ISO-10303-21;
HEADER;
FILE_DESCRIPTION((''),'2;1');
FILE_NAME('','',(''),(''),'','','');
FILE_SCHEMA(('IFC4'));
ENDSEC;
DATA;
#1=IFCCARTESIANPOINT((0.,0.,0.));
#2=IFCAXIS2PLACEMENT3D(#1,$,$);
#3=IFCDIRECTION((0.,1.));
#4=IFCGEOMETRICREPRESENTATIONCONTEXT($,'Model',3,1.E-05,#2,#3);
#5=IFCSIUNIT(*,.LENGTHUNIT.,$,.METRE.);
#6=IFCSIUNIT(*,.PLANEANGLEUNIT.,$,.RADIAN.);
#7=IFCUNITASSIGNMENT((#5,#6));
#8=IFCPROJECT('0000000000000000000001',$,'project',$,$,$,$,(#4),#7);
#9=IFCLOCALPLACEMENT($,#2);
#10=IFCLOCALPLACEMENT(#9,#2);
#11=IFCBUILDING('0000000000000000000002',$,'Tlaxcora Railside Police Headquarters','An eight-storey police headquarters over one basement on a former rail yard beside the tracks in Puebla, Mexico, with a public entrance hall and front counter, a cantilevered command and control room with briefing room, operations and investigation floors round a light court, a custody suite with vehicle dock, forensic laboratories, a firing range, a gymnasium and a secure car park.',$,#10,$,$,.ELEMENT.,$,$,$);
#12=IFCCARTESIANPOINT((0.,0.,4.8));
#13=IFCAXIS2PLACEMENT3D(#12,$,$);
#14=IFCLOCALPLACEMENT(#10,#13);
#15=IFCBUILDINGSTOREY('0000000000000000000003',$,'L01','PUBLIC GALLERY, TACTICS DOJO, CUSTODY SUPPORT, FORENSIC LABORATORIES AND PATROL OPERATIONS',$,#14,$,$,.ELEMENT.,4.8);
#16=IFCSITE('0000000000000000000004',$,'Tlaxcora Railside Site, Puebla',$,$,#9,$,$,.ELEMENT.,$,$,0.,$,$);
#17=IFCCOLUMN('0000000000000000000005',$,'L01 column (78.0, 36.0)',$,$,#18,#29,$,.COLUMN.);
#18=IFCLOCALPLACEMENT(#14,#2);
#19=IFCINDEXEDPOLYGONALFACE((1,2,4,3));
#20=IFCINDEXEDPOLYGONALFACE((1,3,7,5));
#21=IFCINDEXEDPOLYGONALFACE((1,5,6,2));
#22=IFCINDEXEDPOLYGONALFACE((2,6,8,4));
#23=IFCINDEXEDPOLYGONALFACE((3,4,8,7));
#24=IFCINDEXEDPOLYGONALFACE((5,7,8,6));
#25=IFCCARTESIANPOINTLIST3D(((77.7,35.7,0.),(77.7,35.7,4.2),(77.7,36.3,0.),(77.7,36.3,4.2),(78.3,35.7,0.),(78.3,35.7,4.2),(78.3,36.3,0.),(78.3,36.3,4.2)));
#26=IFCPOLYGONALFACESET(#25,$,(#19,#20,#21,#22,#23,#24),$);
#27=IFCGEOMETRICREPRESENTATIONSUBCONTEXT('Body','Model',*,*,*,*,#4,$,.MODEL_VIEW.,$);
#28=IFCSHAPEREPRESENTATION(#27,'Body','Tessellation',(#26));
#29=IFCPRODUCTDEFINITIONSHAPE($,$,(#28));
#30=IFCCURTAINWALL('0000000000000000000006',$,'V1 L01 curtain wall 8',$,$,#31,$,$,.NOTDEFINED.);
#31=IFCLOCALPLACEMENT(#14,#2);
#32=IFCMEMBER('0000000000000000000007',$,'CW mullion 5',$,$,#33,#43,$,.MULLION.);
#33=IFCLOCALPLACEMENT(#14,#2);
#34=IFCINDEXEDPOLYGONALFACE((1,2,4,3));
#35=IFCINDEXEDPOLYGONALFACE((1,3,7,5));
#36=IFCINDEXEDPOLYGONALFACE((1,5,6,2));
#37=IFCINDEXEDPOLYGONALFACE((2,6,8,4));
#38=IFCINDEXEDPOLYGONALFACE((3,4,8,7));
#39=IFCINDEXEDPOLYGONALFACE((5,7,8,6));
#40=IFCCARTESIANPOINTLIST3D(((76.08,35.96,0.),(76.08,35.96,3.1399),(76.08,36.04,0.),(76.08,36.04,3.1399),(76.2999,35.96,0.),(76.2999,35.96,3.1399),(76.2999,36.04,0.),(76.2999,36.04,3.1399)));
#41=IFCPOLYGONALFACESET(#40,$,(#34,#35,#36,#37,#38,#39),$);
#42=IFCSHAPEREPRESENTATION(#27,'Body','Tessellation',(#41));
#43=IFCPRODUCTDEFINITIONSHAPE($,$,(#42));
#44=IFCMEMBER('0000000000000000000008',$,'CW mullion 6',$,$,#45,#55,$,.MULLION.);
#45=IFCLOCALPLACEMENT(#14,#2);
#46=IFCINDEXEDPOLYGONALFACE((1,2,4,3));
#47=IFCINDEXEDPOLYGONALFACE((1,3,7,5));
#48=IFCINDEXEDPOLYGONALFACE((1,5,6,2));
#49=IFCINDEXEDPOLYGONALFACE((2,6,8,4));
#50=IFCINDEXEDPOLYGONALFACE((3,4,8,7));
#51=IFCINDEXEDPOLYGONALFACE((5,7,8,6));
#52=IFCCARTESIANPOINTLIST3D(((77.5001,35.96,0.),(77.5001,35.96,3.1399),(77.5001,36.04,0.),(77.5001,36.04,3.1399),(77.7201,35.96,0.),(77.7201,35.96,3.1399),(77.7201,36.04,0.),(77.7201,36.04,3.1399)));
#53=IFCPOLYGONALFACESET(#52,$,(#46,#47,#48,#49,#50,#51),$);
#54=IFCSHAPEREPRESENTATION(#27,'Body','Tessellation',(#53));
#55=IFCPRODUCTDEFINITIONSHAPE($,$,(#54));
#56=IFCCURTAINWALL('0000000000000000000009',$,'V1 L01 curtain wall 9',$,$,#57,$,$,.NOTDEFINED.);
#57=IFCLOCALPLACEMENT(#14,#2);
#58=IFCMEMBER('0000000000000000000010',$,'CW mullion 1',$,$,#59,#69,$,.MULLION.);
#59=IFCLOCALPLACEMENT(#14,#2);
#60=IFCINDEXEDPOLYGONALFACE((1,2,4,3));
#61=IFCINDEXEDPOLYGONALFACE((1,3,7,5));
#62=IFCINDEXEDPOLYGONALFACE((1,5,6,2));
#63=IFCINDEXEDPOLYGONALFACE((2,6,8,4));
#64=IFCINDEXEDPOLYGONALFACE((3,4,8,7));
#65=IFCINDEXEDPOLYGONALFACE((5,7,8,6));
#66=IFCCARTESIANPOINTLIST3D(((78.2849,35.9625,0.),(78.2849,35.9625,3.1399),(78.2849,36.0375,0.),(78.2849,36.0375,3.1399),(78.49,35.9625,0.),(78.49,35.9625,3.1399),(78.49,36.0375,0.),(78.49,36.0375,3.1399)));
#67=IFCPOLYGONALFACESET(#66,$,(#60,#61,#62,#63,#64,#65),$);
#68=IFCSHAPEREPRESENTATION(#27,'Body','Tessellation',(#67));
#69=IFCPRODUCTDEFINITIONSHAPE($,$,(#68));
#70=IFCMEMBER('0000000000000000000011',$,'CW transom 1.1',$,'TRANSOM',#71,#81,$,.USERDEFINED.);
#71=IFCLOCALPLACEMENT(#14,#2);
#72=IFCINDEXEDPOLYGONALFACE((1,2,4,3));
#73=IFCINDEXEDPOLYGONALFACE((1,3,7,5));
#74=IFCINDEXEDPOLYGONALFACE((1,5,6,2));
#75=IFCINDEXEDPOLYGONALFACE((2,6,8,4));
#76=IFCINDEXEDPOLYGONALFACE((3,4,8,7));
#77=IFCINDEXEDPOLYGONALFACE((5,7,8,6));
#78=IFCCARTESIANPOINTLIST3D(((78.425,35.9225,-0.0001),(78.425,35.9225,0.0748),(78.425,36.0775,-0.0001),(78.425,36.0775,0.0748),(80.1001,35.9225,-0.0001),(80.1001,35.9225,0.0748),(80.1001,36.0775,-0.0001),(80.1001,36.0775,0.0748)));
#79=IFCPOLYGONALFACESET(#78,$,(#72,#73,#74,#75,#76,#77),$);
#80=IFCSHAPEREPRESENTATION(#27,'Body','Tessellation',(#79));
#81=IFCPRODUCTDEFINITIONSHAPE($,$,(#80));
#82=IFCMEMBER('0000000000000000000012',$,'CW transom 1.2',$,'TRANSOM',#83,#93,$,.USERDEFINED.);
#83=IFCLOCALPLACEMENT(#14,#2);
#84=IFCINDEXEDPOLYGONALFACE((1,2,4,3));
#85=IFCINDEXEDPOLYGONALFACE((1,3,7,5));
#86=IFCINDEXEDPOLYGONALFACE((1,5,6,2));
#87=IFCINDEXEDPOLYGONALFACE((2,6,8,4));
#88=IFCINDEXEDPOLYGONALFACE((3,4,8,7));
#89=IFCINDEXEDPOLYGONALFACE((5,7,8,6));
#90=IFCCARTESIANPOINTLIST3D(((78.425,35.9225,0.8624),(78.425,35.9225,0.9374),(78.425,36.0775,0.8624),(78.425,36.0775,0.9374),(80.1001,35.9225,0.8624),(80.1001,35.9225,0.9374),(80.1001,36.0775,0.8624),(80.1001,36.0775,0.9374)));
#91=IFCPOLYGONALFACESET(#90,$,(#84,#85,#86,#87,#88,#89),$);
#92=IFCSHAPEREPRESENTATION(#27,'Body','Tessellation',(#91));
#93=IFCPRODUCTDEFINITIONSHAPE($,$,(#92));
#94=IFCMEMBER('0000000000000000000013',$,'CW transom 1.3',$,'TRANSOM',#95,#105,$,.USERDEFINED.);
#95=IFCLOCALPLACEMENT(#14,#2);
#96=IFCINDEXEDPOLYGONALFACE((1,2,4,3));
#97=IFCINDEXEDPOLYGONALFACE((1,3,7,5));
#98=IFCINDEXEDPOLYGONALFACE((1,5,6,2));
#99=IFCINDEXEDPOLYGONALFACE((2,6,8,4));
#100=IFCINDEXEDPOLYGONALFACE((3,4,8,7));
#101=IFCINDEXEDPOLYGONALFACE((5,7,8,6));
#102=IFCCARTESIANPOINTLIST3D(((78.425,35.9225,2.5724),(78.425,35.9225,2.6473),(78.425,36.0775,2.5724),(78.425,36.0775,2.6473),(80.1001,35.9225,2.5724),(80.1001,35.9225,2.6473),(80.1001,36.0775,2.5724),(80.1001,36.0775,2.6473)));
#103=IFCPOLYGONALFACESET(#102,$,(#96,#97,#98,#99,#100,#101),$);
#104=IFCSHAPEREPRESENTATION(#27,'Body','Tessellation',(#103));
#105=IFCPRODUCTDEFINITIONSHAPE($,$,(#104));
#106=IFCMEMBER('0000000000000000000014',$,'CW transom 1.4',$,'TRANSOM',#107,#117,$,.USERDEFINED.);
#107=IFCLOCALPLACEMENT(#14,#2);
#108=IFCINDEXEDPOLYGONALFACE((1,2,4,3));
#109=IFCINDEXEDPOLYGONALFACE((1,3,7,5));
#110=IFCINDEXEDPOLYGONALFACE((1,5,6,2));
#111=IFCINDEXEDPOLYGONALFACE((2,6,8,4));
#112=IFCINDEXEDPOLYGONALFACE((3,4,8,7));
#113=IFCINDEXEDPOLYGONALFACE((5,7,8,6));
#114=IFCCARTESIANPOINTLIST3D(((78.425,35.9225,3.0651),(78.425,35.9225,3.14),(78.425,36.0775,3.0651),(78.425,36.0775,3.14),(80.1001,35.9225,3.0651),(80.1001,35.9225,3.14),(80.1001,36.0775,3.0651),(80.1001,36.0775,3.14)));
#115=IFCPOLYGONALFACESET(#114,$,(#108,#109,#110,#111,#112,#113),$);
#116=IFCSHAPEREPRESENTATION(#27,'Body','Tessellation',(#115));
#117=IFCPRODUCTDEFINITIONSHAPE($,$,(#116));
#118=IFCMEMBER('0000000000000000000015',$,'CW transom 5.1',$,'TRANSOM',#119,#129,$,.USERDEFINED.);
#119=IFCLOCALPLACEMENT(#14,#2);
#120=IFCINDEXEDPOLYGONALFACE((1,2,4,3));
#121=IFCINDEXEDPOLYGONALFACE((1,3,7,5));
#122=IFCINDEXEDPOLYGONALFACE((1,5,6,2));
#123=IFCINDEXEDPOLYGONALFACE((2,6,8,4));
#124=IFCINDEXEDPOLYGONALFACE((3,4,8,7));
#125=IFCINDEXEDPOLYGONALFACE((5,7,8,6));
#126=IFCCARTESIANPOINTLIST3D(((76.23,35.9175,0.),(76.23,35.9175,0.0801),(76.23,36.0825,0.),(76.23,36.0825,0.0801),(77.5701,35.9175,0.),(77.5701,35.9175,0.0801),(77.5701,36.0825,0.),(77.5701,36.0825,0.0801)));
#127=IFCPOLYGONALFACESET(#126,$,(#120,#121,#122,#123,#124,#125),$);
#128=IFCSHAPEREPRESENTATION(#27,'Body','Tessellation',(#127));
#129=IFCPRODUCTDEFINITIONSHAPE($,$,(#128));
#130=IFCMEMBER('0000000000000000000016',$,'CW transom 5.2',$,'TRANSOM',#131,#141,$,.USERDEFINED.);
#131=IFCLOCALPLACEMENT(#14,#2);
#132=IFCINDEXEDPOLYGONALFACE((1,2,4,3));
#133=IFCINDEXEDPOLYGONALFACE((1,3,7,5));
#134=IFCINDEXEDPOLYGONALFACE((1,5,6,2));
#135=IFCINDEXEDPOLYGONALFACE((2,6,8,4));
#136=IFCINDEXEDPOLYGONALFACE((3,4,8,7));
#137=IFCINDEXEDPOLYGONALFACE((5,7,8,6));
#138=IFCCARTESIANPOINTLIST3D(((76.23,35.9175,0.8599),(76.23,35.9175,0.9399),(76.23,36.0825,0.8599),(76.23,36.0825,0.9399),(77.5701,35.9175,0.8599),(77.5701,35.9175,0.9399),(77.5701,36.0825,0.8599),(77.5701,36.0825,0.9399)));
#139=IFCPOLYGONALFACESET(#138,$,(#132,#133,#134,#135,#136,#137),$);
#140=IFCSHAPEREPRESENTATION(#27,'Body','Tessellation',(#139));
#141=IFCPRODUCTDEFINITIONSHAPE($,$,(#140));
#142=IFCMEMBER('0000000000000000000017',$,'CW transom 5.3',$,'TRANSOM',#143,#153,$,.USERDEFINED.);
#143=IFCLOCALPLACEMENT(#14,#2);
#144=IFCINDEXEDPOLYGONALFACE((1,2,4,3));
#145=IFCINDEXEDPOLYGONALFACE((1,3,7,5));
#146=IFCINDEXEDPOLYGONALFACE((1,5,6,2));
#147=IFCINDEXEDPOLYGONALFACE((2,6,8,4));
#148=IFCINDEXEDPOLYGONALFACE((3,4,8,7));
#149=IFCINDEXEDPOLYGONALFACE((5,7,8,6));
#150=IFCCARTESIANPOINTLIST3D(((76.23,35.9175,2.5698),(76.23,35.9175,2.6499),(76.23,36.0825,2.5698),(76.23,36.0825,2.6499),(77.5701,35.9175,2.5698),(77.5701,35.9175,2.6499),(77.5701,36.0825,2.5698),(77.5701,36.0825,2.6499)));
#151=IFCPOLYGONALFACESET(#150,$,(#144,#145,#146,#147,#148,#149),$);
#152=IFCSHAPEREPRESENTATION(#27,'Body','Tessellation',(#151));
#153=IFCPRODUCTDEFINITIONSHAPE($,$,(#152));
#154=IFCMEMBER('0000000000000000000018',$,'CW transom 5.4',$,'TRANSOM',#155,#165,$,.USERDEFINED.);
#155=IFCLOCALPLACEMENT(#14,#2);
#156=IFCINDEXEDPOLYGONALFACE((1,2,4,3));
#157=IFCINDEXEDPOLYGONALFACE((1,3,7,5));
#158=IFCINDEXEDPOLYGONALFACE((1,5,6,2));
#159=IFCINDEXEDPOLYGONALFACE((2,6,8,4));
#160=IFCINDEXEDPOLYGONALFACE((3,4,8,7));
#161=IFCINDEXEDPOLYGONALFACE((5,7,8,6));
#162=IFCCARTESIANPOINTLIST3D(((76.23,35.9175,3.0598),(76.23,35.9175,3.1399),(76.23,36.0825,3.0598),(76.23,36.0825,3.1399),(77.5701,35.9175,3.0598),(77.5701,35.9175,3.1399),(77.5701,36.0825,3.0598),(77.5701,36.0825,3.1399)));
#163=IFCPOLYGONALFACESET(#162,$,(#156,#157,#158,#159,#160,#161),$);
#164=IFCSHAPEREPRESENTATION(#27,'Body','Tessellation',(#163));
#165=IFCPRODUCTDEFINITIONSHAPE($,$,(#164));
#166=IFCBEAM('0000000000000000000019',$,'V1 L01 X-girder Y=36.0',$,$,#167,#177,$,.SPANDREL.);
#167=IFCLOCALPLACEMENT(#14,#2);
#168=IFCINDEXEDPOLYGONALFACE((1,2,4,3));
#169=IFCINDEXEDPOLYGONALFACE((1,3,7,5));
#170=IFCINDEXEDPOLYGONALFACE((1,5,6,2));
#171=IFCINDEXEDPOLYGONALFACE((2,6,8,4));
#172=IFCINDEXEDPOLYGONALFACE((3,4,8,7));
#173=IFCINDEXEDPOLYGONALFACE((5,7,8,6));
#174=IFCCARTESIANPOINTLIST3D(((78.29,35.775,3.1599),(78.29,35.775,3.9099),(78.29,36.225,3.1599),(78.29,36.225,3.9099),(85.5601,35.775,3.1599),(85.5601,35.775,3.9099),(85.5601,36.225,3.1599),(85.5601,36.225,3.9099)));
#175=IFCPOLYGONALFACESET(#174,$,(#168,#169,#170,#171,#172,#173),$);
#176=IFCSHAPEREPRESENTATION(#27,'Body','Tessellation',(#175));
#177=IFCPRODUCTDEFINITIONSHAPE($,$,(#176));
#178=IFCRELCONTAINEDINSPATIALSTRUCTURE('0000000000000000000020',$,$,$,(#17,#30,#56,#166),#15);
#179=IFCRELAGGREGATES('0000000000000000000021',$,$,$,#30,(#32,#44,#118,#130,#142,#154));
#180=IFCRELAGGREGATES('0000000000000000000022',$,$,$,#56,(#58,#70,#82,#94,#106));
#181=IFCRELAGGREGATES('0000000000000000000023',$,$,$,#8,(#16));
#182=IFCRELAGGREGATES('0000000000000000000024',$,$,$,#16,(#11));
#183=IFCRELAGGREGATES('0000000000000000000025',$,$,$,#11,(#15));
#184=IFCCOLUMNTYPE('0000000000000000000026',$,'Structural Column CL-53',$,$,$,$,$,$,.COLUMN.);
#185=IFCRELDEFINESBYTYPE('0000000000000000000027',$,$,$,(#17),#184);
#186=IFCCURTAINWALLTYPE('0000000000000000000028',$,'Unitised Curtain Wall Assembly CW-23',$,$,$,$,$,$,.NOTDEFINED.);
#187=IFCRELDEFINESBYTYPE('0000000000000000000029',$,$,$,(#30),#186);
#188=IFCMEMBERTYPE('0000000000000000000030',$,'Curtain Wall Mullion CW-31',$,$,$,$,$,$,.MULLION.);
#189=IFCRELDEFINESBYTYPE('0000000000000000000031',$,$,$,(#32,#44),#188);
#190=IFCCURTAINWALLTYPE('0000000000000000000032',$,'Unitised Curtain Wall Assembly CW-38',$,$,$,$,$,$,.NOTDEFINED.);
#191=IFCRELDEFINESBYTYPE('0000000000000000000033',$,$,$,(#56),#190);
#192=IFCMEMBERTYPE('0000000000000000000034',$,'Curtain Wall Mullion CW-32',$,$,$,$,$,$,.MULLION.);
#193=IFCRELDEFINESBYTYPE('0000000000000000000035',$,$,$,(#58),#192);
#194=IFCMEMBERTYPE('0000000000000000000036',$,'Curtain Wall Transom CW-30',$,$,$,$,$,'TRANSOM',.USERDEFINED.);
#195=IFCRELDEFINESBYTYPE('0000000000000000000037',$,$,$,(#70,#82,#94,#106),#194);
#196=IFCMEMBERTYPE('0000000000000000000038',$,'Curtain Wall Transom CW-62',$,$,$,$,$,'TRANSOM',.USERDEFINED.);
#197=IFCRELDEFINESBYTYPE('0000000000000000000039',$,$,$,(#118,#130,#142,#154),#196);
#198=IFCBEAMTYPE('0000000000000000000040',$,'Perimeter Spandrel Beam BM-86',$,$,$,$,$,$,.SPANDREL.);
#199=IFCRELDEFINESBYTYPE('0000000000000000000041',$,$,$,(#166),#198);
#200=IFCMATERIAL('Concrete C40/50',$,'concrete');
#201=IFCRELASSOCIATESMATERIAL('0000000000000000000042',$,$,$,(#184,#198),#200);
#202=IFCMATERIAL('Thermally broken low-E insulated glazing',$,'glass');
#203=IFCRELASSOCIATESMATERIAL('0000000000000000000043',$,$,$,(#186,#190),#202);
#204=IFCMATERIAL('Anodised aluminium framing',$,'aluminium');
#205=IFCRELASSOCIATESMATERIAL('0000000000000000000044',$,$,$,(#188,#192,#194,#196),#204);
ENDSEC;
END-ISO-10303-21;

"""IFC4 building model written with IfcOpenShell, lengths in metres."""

from ifc_helpers import new_model, si_unit, direction, frame, origin, origin_2d, place, context, subcontext, project, spatial, rectangle, extrude, material, material_profile, profile_set, type_object, element, aggregate, save


model = new_model("IFC4")

# Units and contexts
model_context = context("Model", 3, precision=1e-05, world=origin(), true_north=direction((0.0, 1.0)))
body_context = subcontext(model_context, "Body", "Model", "MODEL_VIEW")
ifc_project = project(units=[si_unit("LENGTHUNIT", "METRE"), si_unit("PLANEANGLEUNIT", "RADIAN")], contexts=[model_context])

# Site, building, storey
site_placement = place(None, origin())
site = spatial("IfcSite", under=ifc_project, at=site_placement, Name="Tlaxcora Railside Site, Puebla", CompositionType="ELEMENT", RefElevation=0.0)
building_placement = place(site_placement, origin())
building = spatial("IfcBuilding", under=site, at=building_placement, Name="Tlaxcora Railside Police Headquarters", Description="An eight-storey police headquarters over one basement on a former rail yard beside the tracks in Puebla, Mexico, with a public entrance hall and front counter, a cantilevered command and control room with briefing room, operations and investigation floors round a light court, a custody suite with vehicle dock, forensic laboratories, a firing range, a gymnasium and a secure car park.", CompositionType="ELEMENT")
storey_placement = place(building_placement, frame((0.0, 0.0, 4.8)))
storey = spatial("IfcBuildingStorey", under=building, at=storey_placement, Name="L01", Description="PUBLIC GALLERY, TACTICS DOJO, CUSTODY SUPPORT, FORENSIC LABORATORIES AND PATROL OPERATIONS", CompositionType="ELEMENT", Elevation=4.8)

# Column
ifc_material_1 = material(Name="Concrete C40/50", Category="concrete")
ifc_material_profile_1 = material_profile(ifc_material_1, rectangle(XDim=0.6001, YDim=0.6001, at=origin_2d()), Name="RC600X600")
ifc_profile_set_1 = profile_set([ifc_material_profile_1], Name="Concrete C40/50")
column_type = type_object("IfcColumnType", Name="Structural Column CL-53", PredefinedType="COLUMN", material=ifc_profile_set_1)
column_placement = place(storey_placement, frame((78.0, 36.0, 0.0), z_axis=(0.0, 0.0, 1.0), x_axis=(1.0, 0.0, 0.0)))
element("IfcColumn", 1, at=column_placement, inside=storey, type_object=column_type, Name="L01 column (78.0, 36.0)", PredefinedType="COLUMN", context=body_context, shape_type="SweptSolid", body=[
    extrude(rectangle(XDim=0.6001, YDim=0.6001, at=origin_2d()), origin(), (0.0, 0.0, 1.0), 4.2),
])

# Curtain walls, members
ifc_material_2 = material(Name="Thermally broken low-E insulated glazing", Category="glass")
curtain_wall_type_1 = type_object("IfcCurtainWallType", Name="Unitised Curtain Wall Assembly CW-23", PredefinedType="NOTDEFINED", material=ifc_material_2)
curtain_wall_1_placement = place(storey_placement, origin())
curtain_wall_1 = element("IfcCurtainWall", 2, at=curtain_wall_1_placement, inside=storey, type_object=curtain_wall_type_1, Name="V1 L01 curtain wall 8", PredefinedType="NOTDEFINED")
ifc_material_3 = material(Name="Anodised aluminium framing", Category="aluminium")
ifc_material_profile_2 = material_profile(ifc_material_3, rectangle(XDim=0.0801, YDim=0.22, at=origin_2d()), Name="AL80X220")
ifc_profile_set_2 = profile_set([ifc_material_profile_2], Name="Anodised aluminium framing")
member_type_1 = type_object("IfcMemberType", Name="Curtain Wall Mullion CW-31", PredefinedType="MULLION", material=ifc_profile_set_2)
member_1_placement = place(storey_placement, frame((76.1899, 36.0, 0.0), z_axis=(0.0, 0.0, 1.0), x_axis=(0.0, 1.0, 0.0)))
member_1 = element("IfcMember", 3, at=member_1_placement, type_object=member_type_1, Name="CW mullion 5", PredefinedType="MULLION", context=body_context, shape_type="SweptSolid", body=[
    extrude(rectangle(XDim=0.0801, YDim=0.22, at=origin_2d()), origin(), (0.0, 0.0, 1.0), 3.1399),
])
member_2_placement = place(storey_placement, frame((77.6101, 36.0, 0.0), z_axis=(0.0, 0.0, 1.0), x_axis=(0.0, 1.0, 0.0)))
member_2 = element("IfcMember", 4, at=member_2_placement, type_object=member_type_1, Name="CW mullion 6", PredefinedType="MULLION", context=body_context, shape_type="SweptSolid", body=[
    extrude(rectangle(XDim=0.0801, YDim=0.22, at=origin_2d()), origin(), (0.0, 0.0, 1.0), 3.1399),
])
curtain_wall_type_2 = type_object("IfcCurtainWallType", Name="Unitised Curtain Wall Assembly CW-38", PredefinedType="NOTDEFINED", material=ifc_material_2)
curtain_wall_2_placement = place(storey_placement, origin())
curtain_wall_2 = element("IfcCurtainWall", 5, at=curtain_wall_2_placement, inside=storey, type_object=curtain_wall_type_2, Name="V1 L01 curtain wall 9", PredefinedType="NOTDEFINED")
ifc_material_profile_3 = material_profile(ifc_material_3, rectangle(XDim=0.075, YDim=0.2051, at=origin_2d()), Name="AL75X205")
ifc_profile_set_3 = profile_set([ifc_material_profile_3], Name="Anodised aluminium framing")
member_type_2 = type_object("IfcMemberType", Name="Curtain Wall Mullion CW-32", PredefinedType="MULLION", material=ifc_profile_set_3)
member_3_placement = place(storey_placement, frame((78.3875, 36.0, 0.0), z_axis=(0.0, 0.0, 1.0), x_axis=(0.0, 1.0, 0.0)))
member_3 = element("IfcMember", 6, at=member_3_placement, type_object=member_type_2, Name="CW mullion 1", PredefinedType="MULLION", context=body_context, shape_type="SweptSolid", body=[
    extrude(rectangle(XDim=0.075, YDim=0.2051, at=origin_2d()), origin(), (0.0, 0.0, 1.0), 3.1399),
])
ifc_material_profile_4 = material_profile(ifc_material_3, rectangle(XDim=0.155, YDim=0.075, at=origin_2d()), Name="AL75X155")
ifc_profile_set_4 = profile_set([ifc_material_profile_4], Name="Anodised aluminium framing")
member_type_3 = type_object("IfcMemberType", Name="Curtain Wall Transom CW-30", ElementType="TRANSOM", PredefinedType="USERDEFINED", material=ifc_profile_set_4)
member_4_placement = place(storey_placement, frame((78.425, 36.0, 0.0374), z_axis=(1.0, 0.0, 0.0), x_axis=(0.0, 1.0, 0.0)))
member_4 = element("IfcMember", 7, at=member_4_placement, type_object=member_type_3, Name="CW transom 1.1", ObjectType="TRANSOM", PredefinedType="USERDEFINED", context=body_context, shape_type="SweptSolid", body=[
    extrude(rectangle(XDim=0.155, YDim=0.075, at=origin_2d()), origin(), (0.0, 0.0, 1.0), 1.675),
])
member_5_placement = place(storey_placement, frame((78.425, 36.0, 0.8999), z_axis=(1.0, 0.0, 0.0), x_axis=(0.0, 1.0, 0.0)))
member_5 = element("IfcMember", 8, at=member_5_placement, type_object=member_type_3, Name="CW transom 1.2", ObjectType="TRANSOM", PredefinedType="USERDEFINED", context=body_context, shape_type="SweptSolid", body=[
    extrude(rectangle(XDim=0.155, YDim=0.075, at=origin_2d()), origin(), (0.0, 0.0, 1.0), 1.675),
])
member_6_placement = place(storey_placement, frame((78.425, 36.0, 2.6099), z_axis=(1.0, 0.0, 0.0), x_axis=(0.0, 1.0, 0.0)))
member_6 = element("IfcMember", 9, at=member_6_placement, type_object=member_type_3, Name="CW transom 1.3", ObjectType="TRANSOM", PredefinedType="USERDEFINED", context=body_context, shape_type="SweptSolid", body=[
    extrude(rectangle(XDim=0.155, YDim=0.075, at=origin_2d()), origin(), (0.0, 0.0, 1.0), 1.675),
])
member_7_placement = place(storey_placement, frame((78.425, 36.0, 3.1025), z_axis=(1.0, 0.0, 0.0), x_axis=(0.0, 1.0, 0.0)))
member_7 = element("IfcMember", 10, at=member_7_placement, type_object=member_type_3, Name="CW transom 1.4", ObjectType="TRANSOM", PredefinedType="USERDEFINED", context=body_context, shape_type="SweptSolid", body=[
    extrude(rectangle(XDim=0.155, YDim=0.075, at=origin_2d()), origin(), (0.0, 0.0, 1.0), 1.675),
])

# Members
ifc_material_profile_5 = material_profile(ifc_material_3, rectangle(XDim=0.165, YDim=0.0801, at=origin_2d()), Name="AL80X165")
ifc_profile_set_5 = profile_set([ifc_material_profile_5], Name="Anodised aluminium framing")
member_type_4 = type_object("IfcMemberType", Name="Curtain Wall Transom CW-62", ElementType="TRANSOM", PredefinedType="USERDEFINED", material=ifc_profile_set_5)
member_8_placement = place(storey_placement, frame((76.23, 36.0, 0.04), z_axis=(1.0, 0.0, 0.0), x_axis=(0.0, 1.0, 0.0)))
member_8 = element("IfcMember", 11, at=member_8_placement, type_object=member_type_4, Name="CW transom 5.1", ObjectType="TRANSOM", PredefinedType="USERDEFINED", context=body_context, shape_type="SweptSolid", body=[
    extrude(rectangle(XDim=0.165, YDim=0.0801, at=origin_2d()), origin(), (0.0, 0.0, 1.0), 1.3401),
])
member_9_placement = place(storey_placement, frame((76.23, 36.0, 0.8999), z_axis=(1.0, 0.0, 0.0), x_axis=(0.0, 1.0, 0.0)))
member_9 = element("IfcMember", 12, at=member_9_placement, type_object=member_type_4, Name="CW transom 5.2", ObjectType="TRANSOM", PredefinedType="USERDEFINED", context=body_context, shape_type="SweptSolid", body=[
    extrude(rectangle(XDim=0.165, YDim=0.0801, at=origin_2d()), origin(), (0.0, 0.0, 1.0), 1.3401),
])
member_10_placement = place(storey_placement, frame((76.23, 36.0, 2.6099), z_axis=(1.0, 0.0, 0.0), x_axis=(0.0, 1.0, 0.0)))
member_10 = element("IfcMember", 13, at=member_10_placement, type_object=member_type_4, Name="CW transom 5.3", ObjectType="TRANSOM", PredefinedType="USERDEFINED", context=body_context, shape_type="SweptSolid", body=[
    extrude(rectangle(XDim=0.165, YDim=0.0801, at=origin_2d()), origin(), (0.0, 0.0, 1.0), 1.3401),
])
member_11_placement = place(storey_placement, frame((76.23, 36.0, 3.0999), z_axis=(1.0, 0.0, 0.0), x_axis=(0.0, 1.0, 0.0)))
member_11 = element("IfcMember", 14, at=member_11_placement, type_object=member_type_4, Name="CW transom 5.4", ObjectType="TRANSOM", PredefinedType="USERDEFINED", context=body_context, shape_type="SweptSolid", body=[
    extrude(rectangle(XDim=0.165, YDim=0.0801, at=origin_2d()), origin(), (0.0, 0.0, 1.0), 1.3401),
])

# Beam
ifc_material_profile_6 = material_profile(ifc_material_1, rectangle(XDim=0.45, YDim=0.75, at=origin_2d()), Name="RC450X750")
ifc_profile_set_6 = profile_set([ifc_material_profile_6], Name="Concrete C40/50")
beam_type = type_object("IfcBeamType", Name="Perimeter Spandrel Beam BM-86", PredefinedType="SPANDREL", material=ifc_profile_set_6)
beam_placement = place(storey_placement, frame((78.29, 36.0, 3.5349), z_axis=(1.0, 0.0, 0.0), x_axis=(0.0, 1.0, 0.0)))
element("IfcBeam", 15, at=beam_placement, inside=storey, type_object=beam_type, Name="V1 L01 X-girder Y=36.0", PredefinedType="SPANDREL", context=body_context, shape_type="SweptSolid", body=[
    extrude(rectangle(XDim=0.45, YDim=0.75, at=origin_2d()), origin(), (0.0, 0.0, 1.0), 7.27),
])

aggregate(curtain_wall_1, [member_1, member_2, member_8, member_9, member_10, member_11])
aggregate(curtain_wall_2, [member_3, member_4, member_5, member_6, member_7])

save(model, "model.ifc")
